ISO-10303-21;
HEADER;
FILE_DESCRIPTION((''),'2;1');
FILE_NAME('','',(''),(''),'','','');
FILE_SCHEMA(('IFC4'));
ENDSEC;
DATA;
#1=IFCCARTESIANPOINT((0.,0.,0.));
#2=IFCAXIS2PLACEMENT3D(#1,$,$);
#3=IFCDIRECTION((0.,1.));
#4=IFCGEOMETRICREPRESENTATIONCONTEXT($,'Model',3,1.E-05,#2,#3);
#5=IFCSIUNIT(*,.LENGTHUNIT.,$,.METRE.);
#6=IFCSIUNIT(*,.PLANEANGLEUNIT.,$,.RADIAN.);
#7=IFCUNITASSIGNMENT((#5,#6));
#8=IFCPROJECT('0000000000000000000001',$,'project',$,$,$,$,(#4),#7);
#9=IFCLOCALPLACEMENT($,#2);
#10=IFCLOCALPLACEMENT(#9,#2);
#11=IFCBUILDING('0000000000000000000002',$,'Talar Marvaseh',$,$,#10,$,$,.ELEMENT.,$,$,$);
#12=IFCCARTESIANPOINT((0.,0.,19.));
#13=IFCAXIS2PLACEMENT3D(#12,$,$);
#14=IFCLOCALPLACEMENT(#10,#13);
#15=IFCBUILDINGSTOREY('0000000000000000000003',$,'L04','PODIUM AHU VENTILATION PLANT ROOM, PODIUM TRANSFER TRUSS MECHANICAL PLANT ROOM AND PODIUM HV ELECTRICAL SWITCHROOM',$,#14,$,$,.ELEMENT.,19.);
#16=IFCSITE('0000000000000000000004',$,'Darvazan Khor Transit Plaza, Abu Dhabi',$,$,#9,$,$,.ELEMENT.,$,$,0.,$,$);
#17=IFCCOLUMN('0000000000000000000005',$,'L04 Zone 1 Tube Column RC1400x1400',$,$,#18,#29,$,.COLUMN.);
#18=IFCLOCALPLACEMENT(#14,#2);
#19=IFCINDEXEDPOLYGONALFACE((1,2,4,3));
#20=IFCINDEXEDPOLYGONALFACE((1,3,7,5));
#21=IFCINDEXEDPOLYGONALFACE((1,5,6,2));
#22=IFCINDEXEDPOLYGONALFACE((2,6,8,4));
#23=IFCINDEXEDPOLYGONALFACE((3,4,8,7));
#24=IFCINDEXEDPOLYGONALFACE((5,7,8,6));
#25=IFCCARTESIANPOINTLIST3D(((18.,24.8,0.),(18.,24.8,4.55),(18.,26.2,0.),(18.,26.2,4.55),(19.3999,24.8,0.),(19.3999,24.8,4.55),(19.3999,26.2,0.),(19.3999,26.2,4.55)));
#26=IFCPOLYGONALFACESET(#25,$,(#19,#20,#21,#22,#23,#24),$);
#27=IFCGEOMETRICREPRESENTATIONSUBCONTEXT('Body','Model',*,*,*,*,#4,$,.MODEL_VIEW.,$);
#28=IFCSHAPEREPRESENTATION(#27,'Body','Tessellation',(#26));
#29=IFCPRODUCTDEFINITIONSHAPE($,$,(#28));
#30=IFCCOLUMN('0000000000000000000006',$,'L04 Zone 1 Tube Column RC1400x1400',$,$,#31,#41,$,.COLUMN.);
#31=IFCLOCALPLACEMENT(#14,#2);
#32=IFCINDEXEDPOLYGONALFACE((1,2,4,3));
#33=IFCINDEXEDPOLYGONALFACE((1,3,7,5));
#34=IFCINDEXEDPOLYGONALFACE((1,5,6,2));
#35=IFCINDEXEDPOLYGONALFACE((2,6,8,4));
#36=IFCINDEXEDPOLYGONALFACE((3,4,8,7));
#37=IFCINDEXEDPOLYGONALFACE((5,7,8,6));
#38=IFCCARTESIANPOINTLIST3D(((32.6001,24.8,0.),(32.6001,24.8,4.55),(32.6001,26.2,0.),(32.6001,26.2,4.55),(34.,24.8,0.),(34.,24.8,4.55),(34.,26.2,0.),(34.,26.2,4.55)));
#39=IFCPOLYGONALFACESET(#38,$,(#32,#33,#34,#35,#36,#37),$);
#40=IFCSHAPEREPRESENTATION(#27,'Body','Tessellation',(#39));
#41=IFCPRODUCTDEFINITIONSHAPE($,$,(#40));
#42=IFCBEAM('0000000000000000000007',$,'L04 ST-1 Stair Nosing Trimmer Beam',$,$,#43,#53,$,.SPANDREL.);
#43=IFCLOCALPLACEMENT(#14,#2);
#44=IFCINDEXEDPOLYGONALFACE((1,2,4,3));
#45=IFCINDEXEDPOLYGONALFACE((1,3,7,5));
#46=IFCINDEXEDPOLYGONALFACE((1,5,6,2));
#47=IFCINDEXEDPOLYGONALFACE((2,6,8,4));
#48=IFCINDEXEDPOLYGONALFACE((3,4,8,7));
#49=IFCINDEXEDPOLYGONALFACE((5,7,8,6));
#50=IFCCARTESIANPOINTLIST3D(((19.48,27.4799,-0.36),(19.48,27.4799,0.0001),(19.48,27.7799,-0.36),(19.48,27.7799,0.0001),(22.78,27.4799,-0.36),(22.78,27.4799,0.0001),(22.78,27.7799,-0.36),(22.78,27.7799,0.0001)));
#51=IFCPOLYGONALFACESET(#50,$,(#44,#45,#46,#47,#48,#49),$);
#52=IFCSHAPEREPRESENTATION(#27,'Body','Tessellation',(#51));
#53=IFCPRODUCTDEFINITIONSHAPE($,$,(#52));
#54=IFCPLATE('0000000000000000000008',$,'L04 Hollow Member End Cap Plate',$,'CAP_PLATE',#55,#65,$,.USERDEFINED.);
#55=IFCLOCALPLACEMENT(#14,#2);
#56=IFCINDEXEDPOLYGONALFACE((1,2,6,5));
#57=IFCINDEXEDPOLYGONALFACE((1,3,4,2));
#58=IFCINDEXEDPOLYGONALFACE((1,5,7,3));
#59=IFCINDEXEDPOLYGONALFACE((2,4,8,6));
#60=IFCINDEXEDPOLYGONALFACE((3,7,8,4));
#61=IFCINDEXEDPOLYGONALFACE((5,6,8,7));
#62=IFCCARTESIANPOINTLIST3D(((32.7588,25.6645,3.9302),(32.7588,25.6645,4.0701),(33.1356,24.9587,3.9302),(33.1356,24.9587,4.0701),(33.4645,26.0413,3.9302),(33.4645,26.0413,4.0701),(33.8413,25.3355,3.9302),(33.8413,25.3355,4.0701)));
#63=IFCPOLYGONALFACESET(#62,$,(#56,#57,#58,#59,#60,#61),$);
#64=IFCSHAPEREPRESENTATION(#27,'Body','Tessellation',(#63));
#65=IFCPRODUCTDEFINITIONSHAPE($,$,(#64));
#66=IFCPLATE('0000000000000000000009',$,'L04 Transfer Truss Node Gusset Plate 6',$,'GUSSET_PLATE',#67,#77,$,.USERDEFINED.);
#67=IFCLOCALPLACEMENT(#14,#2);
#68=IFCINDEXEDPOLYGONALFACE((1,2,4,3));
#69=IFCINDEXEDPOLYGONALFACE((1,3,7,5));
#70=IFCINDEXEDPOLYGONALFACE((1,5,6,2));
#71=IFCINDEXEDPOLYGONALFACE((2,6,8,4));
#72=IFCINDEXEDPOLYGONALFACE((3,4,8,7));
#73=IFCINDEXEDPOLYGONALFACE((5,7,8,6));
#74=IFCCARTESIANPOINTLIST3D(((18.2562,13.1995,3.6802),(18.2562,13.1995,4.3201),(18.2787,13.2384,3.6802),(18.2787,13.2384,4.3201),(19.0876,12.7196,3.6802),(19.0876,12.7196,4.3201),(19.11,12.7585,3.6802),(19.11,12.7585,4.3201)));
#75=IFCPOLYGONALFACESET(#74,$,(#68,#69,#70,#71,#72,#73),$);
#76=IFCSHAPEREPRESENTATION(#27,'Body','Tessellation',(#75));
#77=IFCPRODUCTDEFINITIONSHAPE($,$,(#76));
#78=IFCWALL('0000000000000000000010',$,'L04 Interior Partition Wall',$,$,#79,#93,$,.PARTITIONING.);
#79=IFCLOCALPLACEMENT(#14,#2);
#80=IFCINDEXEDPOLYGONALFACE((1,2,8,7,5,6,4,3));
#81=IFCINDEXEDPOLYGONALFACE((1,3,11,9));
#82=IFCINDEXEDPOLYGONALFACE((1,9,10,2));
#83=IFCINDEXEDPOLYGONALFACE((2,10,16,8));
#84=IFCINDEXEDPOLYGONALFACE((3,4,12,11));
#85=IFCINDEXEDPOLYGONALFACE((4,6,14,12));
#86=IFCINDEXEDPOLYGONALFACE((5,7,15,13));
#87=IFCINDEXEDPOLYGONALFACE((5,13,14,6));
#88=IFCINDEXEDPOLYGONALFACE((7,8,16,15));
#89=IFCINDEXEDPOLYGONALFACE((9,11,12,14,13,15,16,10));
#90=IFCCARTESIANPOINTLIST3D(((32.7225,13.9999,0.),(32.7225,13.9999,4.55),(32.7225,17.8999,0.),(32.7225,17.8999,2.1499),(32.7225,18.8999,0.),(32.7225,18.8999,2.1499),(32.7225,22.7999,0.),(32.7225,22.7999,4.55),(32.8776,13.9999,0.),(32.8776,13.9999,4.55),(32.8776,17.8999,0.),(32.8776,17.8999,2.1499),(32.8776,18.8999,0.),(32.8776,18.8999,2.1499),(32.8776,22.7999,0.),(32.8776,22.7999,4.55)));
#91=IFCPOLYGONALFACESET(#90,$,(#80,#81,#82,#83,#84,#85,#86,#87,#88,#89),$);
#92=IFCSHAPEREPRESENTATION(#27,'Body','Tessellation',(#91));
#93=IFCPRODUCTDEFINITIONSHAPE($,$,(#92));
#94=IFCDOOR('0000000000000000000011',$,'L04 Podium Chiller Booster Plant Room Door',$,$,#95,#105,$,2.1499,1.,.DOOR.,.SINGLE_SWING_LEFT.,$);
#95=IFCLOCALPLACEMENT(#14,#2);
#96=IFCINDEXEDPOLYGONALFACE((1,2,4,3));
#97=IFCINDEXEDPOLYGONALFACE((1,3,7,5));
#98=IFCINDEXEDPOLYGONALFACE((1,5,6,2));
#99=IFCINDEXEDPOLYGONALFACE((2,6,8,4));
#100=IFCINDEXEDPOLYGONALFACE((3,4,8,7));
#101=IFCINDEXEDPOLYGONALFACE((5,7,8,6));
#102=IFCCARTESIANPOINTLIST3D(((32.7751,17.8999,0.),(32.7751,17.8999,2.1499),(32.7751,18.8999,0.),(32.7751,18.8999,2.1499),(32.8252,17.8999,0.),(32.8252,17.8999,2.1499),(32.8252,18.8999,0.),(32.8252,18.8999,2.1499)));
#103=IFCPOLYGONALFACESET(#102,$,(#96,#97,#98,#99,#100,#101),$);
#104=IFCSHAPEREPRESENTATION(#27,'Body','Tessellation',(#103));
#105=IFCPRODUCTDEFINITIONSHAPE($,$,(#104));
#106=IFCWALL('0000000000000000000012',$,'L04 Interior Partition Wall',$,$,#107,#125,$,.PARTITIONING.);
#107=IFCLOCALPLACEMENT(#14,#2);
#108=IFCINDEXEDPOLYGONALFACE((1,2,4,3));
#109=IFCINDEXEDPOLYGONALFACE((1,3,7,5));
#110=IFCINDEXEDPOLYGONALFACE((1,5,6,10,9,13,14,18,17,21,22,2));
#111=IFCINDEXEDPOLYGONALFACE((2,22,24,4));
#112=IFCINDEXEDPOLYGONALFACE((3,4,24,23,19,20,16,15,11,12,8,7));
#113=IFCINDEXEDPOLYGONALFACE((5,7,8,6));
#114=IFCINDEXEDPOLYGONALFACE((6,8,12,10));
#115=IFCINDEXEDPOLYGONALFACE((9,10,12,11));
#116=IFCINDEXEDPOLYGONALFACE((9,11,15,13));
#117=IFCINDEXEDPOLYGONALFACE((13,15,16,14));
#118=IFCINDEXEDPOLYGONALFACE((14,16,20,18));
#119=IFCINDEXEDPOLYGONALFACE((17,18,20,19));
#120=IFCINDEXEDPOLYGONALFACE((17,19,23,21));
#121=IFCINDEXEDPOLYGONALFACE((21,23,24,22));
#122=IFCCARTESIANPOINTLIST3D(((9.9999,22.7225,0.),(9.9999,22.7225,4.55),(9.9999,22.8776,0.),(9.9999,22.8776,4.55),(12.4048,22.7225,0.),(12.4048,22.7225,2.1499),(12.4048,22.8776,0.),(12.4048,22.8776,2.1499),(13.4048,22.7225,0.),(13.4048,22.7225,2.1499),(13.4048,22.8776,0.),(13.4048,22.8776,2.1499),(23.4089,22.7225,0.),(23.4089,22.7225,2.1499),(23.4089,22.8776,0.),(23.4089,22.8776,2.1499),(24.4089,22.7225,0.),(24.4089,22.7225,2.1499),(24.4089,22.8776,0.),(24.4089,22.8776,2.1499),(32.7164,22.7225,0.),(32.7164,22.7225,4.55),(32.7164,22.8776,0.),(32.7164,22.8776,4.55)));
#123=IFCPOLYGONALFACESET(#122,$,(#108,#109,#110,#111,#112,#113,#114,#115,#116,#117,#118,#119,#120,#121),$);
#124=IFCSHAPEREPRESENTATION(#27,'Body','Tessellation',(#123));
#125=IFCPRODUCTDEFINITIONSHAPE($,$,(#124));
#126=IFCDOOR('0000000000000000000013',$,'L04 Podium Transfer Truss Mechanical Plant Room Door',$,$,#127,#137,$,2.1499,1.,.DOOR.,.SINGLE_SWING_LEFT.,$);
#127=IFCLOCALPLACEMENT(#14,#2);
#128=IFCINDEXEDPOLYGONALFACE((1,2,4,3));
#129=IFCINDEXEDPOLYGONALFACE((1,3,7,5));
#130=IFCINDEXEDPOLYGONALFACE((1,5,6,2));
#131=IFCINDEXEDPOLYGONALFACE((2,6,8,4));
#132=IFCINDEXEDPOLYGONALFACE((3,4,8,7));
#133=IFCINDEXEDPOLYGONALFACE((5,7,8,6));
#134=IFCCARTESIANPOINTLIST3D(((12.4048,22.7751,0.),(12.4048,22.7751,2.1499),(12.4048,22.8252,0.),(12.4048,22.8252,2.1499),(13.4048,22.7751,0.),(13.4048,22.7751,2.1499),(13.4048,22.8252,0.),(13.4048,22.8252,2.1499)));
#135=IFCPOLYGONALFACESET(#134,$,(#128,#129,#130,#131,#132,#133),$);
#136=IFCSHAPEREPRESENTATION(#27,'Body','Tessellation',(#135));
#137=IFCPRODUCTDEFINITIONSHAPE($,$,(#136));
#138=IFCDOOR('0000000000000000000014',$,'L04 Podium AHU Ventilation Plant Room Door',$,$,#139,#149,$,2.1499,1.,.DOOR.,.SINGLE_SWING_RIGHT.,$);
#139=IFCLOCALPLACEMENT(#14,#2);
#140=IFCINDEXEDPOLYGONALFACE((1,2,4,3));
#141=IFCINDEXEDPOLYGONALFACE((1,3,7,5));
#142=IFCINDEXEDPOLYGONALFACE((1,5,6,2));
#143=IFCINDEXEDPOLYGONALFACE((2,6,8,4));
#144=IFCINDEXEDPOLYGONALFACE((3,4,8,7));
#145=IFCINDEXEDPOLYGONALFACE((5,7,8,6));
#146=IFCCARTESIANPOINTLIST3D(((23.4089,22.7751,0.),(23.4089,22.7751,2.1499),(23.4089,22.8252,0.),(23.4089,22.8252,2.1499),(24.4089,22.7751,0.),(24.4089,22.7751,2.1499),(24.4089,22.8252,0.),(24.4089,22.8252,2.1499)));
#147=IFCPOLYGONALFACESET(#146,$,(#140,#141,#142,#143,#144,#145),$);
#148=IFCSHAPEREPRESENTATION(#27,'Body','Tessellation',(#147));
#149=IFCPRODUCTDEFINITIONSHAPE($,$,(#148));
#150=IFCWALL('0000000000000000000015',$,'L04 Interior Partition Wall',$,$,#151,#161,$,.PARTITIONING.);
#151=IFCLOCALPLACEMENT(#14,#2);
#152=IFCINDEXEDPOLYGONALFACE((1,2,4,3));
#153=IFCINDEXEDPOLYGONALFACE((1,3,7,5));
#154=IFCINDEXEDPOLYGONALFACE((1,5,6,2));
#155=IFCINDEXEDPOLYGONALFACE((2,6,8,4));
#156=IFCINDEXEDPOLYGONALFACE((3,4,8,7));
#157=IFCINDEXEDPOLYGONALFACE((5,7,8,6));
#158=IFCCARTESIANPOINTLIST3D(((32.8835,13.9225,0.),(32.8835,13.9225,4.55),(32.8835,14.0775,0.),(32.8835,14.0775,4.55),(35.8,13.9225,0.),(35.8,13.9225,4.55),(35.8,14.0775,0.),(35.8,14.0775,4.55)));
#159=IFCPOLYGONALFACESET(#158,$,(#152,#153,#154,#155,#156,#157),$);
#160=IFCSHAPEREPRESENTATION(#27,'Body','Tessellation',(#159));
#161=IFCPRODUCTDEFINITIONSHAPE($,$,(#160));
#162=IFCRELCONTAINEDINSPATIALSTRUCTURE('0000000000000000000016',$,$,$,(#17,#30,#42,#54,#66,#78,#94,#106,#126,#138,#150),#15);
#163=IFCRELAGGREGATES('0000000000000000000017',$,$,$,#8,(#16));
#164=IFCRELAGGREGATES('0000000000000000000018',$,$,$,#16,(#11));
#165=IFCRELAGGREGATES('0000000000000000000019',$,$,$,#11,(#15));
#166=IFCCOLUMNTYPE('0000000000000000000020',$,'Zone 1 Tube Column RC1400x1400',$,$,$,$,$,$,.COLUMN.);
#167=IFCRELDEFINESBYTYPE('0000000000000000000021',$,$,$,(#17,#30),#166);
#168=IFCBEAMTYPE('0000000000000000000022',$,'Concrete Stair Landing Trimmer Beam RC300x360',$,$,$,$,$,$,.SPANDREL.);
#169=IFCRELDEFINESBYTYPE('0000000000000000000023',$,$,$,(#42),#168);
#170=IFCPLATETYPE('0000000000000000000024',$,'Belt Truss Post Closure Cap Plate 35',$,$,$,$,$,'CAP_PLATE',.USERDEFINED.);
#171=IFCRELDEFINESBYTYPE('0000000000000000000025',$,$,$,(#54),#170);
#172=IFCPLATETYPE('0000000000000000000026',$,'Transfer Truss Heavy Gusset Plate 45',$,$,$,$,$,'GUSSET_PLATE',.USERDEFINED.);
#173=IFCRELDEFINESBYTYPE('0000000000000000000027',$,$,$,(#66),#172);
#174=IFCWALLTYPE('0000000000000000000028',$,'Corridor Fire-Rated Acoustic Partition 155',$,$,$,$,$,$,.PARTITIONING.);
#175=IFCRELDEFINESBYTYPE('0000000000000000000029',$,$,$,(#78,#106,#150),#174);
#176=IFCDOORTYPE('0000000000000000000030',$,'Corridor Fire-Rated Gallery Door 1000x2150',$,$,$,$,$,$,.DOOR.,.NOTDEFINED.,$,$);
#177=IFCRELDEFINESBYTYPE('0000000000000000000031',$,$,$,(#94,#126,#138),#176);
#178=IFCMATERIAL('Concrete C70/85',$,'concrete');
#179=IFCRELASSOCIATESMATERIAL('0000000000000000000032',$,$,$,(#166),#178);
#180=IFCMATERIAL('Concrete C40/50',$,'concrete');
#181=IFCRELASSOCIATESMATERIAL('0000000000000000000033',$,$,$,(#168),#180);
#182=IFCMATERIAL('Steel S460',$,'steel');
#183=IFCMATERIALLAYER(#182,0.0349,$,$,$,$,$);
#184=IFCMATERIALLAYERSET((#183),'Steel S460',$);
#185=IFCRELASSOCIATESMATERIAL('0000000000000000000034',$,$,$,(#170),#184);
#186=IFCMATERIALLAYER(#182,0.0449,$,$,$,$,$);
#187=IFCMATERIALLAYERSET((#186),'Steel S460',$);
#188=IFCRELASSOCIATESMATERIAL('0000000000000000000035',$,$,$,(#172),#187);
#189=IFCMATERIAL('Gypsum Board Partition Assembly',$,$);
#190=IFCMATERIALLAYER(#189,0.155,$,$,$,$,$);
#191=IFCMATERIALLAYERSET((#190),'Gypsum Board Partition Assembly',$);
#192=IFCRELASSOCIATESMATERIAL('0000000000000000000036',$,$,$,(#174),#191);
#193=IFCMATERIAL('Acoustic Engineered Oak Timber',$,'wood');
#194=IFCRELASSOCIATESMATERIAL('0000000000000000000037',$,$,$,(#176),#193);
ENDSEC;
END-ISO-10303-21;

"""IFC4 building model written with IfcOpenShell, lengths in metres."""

from ifc_helpers import new_model, si_unit, direction, frame, frame_2d, origin, origin_2d, place, context, subcontext, project, spatial, rectangle, extrude, source, transform, mapped, material, layer, layer_set, material_profile, profile_set, type_object, type_shapes, element, fill, save


model = new_model("IFC4")

# Units and contexts
model_context = context("Model", 3, precision=1e-05, world=origin(), true_north=direction((0.0, 1.0)))
body_context = subcontext(model_context, "Body", "Model", "MODEL_VIEW")
ifc_project = project(units=[si_unit("LENGTHUNIT", "METRE"), si_unit("PLANEANGLEUNIT", "RADIAN")], contexts=[model_context])

# Site, building, storey
site_placement = place(None, origin())
site = spatial("IfcSite", under=ifc_project, at=site_placement, Name="Darvazan Khor Transit Plaza, Abu Dhabi", CompositionType="ELEMENT", RefElevation=0.0)
building_placement = place(site_placement, origin())
building = spatial("IfcBuilding", under=site, at=building_placement, Name="Talar Marvaseh", CompositionType="ELEMENT")
storey_placement = place(building_placement, frame((0.0, 0.0, 19.0)))
storey = spatial("IfcBuildingStorey", under=building, at=storey_placement, Name="L04", Description="PODIUM AHU VENTILATION PLANT ROOM, PODIUM TRANSFER TRUSS MECHANICAL PLANT ROOM AND PODIUM HV ELECTRICAL SWITCHROOM", CompositionType="ELEMENT", Elevation=19.0)

# Columns
ifc_material_1 = material(Name="Concrete C70/85", Category="concrete")
ifc_material_profile_1 = material_profile(ifc_material_1, rectangle(XDim=1.3999, YDim=1.3999, at=origin_2d()), Name="RC1400x1400")
ifc_profile_set_1 = profile_set([ifc_material_profile_1], Name="Concrete C70/85")
column_type = type_object("IfcColumnType", Name="Zone 1 Tube Column RC1400x1400", PredefinedType="COLUMN", material=ifc_profile_set_1)
for number, where, z_axis, x_axis, name in (
    (1, (18.7, 25.5, 0.0), (0.0, 0.0, 1.0), (1.0, 0.0, 0.0), "L04 Zone 1 Tube Column RC1400x1400"),
    (2, (33.3, 25.5, 0.0), (0.0, 0.0, 1.0), (1.0, 0.0, 0.0), "L04 Zone 1 Tube Column RC1400x1400"),
):
    element("IfcColumn", number, at=place(storey_placement, frame(where, z_axis=z_axis, x_axis=x_axis)), inside=storey, type_object=column_type, Name=name, PredefinedType="COLUMN", context=body_context, shape_type="SweptSolid", body=[
        extrude(rectangle(XDim=1.3999, YDim=1.3999, at=origin_2d()), origin(), (0.0, 0.0, 1.0), 4.55),
    ])

# Beam
ifc_material_2 = material(Name="Concrete C40/50", Category="concrete")
ifc_material_profile_2 = material_profile(ifc_material_2, rectangle(XDim=0.3, YDim=0.3601, at=origin_2d()), Name="RC300x360")
ifc_profile_set_2 = profile_set([ifc_material_profile_2], Name="Concrete C40/50")
beam_type = type_object("IfcBeamType", Name="Concrete Stair Landing Trimmer Beam RC300x360", PredefinedType="SPANDREL", material=ifc_profile_set_2)
beam_placement = place(storey_placement, frame((22.78, 27.6299, -0.1799), z_axis=(-1.0, 0.0, 0.0), x_axis=(0.0, -1.0, 0.0)))
element("IfcBeam", 3, at=beam_placement, inside=storey, type_object=beam_type, Name="L04 ST-1 Stair Nosing Trimmer Beam", PredefinedType="SPANDREL", context=body_context, shape_type="SweptSolid", body=[
    extrude(rectangle(XDim=0.3, YDim=0.3601, at=origin_2d()), origin(), (0.0, 0.0, 1.0), 3.3),
])

# Plates
ifc_material_3 = material(Name="Steel S460", Category="steel")
ifc_layer_1 = layer(ifc_material_3, 0.0349)
ifc_layer_set_1 = layer_set([ifc_layer_1], Name="Steel S460")
plate_type_1 = type_object("IfcPlateType", Name="Belt Truss Post Closure Cap Plate 35", ElementType="CAP_PLATE", PredefinedType="USERDEFINED", material=ifc_layer_set_1)
shared_shape_1 = source(origin(), body_context, "Body", "SweptSolid", [
    extrude(rectangle(XDim=0.8, YDim=0.8, at=origin_2d()), origin(), (0.0, 0.0, 1.0), 0.1399),
])
type_shapes(plate_type_1, [shared_shape_1])
plate_1_placement = place(storey_placement, frame((33.3, 25.5, 3.9302), z_axis=(0.0, 0.0, 1.0), x_axis=(-0.471012, 0.882127, 0.0)))
element("IfcPlate", 4, at=plate_1_placement, inside=storey, type_object=plate_type_1, Name="L04 Hollow Member End Cap Plate", ObjectType="CAP_PLATE", PredefinedType="USERDEFINED", context=body_context, shape_type="MappedRepresentation", body=[
    mapped(shared_shape_1, transform((0.0, 0.0, 0.0), x_axis=(1.0, 0.0, 0.0), y_axis=(0.0, 1.0, 0.0), z_axis=(0.0, 0.0, 1.0), scale=1.0)),
])
ifc_layer_2 = layer(ifc_material_3, 0.0449)
ifc_layer_set_2 = layer_set([ifc_layer_2], Name="Steel S460")
plate_type_2 = type_object("IfcPlateType", Name="Transfer Truss Heavy Gusset Plate 45", ElementType="GUSSET_PLATE", PredefinedType="USERDEFINED", material=ifc_layer_set_2)
shared_shape_2 = source(origin(), body_context, "Body", "SweptSolid", [
    extrude(rectangle(XDim=0.96, YDim=0.0449, at=origin_2d()), origin(), (0.0, 0.0, 1.0), 0.6399),
])
type_shapes(plate_type_2, [shared_shape_2])
plate_2_placement = place(storey_placement, frame((18.6831, 12.979, 3.6802), z_axis=(0.0, 0.0, 1.0), x_axis=(-0.866025, 0.5, 0.0)))
element("IfcPlate", 5, at=plate_2_placement, inside=storey, type_object=plate_type_2, Name="L04 Transfer Truss Node Gusset Plate 6", ObjectType="GUSSET_PLATE", PredefinedType="USERDEFINED", context=body_context, shape_type="MappedRepresentation", body=[
    mapped(shared_shape_2, transform((0.0, 0.0, 0.0), x_axis=(1.0, 0.0, 0.0), y_axis=(0.0, 1.0, 0.0), z_axis=(0.0, 0.0, 1.0), scale=1.0)),
])

# Wall, opening, door
ifc_material_4 = material(Name="Gypsum Board Partition Assembly")
ifc_layer_3 = layer(ifc_material_4, 0.155)
ifc_layer_set_3 = layer_set([ifc_layer_3], Name="Gypsum Board Partition Assembly")
wall_type_1 = type_object("IfcWallType", Name="Corridor Fire-Rated Acoustic Partition 155", PredefinedType="PARTITIONING", material=ifc_layer_set_3)
wall_1_placement = place(storey_placement, frame((32.8, 14.0, 0.0), z_axis=(0.0, 0.0, 1.0), x_axis=(0.0, 1.0, 0.0)))
wall_1 = element("IfcWall", 6, at=wall_1_placement, inside=storey, type_object=wall_type_1, Name="L04 Interior Partition Wall", PredefinedType="PARTITIONING", context=body_context, shape_type="SweptSolid", body=[
    extrude(rectangle(XDim=8.8, YDim=0.155, at=frame_2d((4.3999, 0.0))), origin(), (0.0, 0.0, 1.0), 4.55),
])
opening_1_placement = place(wall_1_placement, frame((3.8999, 0.0, 0.0)))
opening_1 = element("IfcOpeningElement", 7, at=opening_1_placement, cuts=wall_1, PredefinedType="OPENING", context=body_context, shape_type="SweptSolid", body=[
    extrude(rectangle(XDim=1.0, YDim=2.1499, at=frame_2d((0.5, 1.075))), frame((0.0, 0.0874, 0.0), z_axis=(0.0, -1.0, 0.0), x_axis=(1.0, 0.0, 0.0)), (0.0, 0.0, 1.0), 0.175),
])
ifc_material_5 = material(Name="Acoustic Engineered Oak Timber", Category="wood")
door_type_1 = type_object("IfcDoorType", Name="Corridor Fire-Rated Gallery Door 1000x2150", OperationType="NOTDEFINED", PredefinedType="DOOR", material=ifc_material_5)
shared_shape_3 = source(origin(), body_context, "Body", "SweptSolid", [
    extrude(rectangle(XDim=1.0, YDim=2.1499, at=frame_2d((0.5, 1.075))), frame((0.0, 0.0249, 0.0), z_axis=(0.0, -1.0, 0.0), x_axis=(1.0, 0.0, 0.0)), (0.0, 0.0, 1.0), 0.05),
])
type_shapes(door_type_1, [shared_shape_3])
door_1_placement = place(opening_1_placement, origin())
door_1 = element("IfcDoor", 8, at=door_1_placement, inside=storey, type_object=door_type_1, Name="L04 Podium Chiller Booster Plant Room Door", OperationType="SINGLE_SWING_LEFT", OverallHeight=2.1499, OverallWidth=1.0, PredefinedType="DOOR", context=body_context, shape_type="MappedRepresentation", body=[
    mapped(shared_shape_3, transform((0.0, 0.0, 0.0), x_axis=(1.0, 0.0, 0.0), y_axis=(0.0, 1.0, 0.0), z_axis=(0.0, 0.0, 1.0), scale=1.0)),
])
fill(opening_1, door_1)

# Wall, openings, doors
wall_2_placement = place(storey_placement, frame((32.7166, 22.8, 0.0), z_axis=(0.0, 0.0, 1.0), x_axis=(-1.0, 0.0, 0.0)))
wall_2 = element("IfcWall", 9, at=wall_2_placement, inside=storey, type_object=wall_type_1, Name="L04 Interior Partition Wall", PredefinedType="PARTITIONING", context=body_context, shape_type="SweptSolid", body=[
    extrude(rectangle(XDim=22.7166, YDim=0.155, at=frame_2d((11.3584, 0.0))), origin(), (0.0, 0.0, 1.0), 4.55),
])
opening_2_placement = place(wall_2_placement, frame((19.3118, 0.0, 0.0)))
opening_2 = element("IfcOpeningElement", 10, at=opening_2_placement, cuts=wall_2, PredefinedType="OPENING", context=body_context, shape_type="SweptSolid", body=[
    extrude(rectangle(XDim=1.0, YDim=2.1499, at=frame_2d((0.5, 1.075))), frame((0.0, 0.0874, 0.0), z_axis=(0.0, -1.0, 0.0), x_axis=(1.0, 0.0, 0.0)), (0.0, 0.0, 1.0), 0.175),
])
opening_3_placement = place(wall_2_placement, frame((8.3076, 0.0, 0.0)))
opening_3 = element("IfcOpeningElement", 11, at=opening_3_placement, cuts=wall_2, PredefinedType="OPENING", context=body_context, shape_type="SweptSolid", body=[
    extrude(rectangle(XDim=1.0, YDim=2.1499, at=frame_2d((0.5, 1.075))), frame((0.0, 0.0874, 0.0), z_axis=(0.0, -1.0, 0.0), x_axis=(1.0, 0.0, 0.0)), (0.0, 0.0, 1.0), 0.175),
])
door_2_placement = place(opening_2_placement, origin())
door_2 = element("IfcDoor", 12, at=door_2_placement, inside=storey, type_object=door_type_1, Name="L04 Podium Transfer Truss Mechanical Plant Room Door", OperationType="SINGLE_SWING_LEFT", OverallHeight=2.1499, OverallWidth=1.0, PredefinedType="DOOR", context=body_context, shape_type="MappedRepresentation", body=[
    mapped(shared_shape_3, transform((0.0, 0.0, 0.0), x_axis=(1.0, 0.0, 0.0), y_axis=(0.0, 1.0, 0.0), z_axis=(0.0, 0.0, 1.0), scale=1.0)),
])
fill(opening_2, door_2)
door_3_placement = place(opening_3_placement, origin())
door_3 = element("IfcDoor", 13, at=door_3_placement, inside=storey, type_object=door_type_1, Name="L04 Podium AHU Ventilation Plant Room Door", OperationType="SINGLE_SWING_RIGHT", OverallHeight=2.1499, OverallWidth=1.0, PredefinedType="DOOR", context=body_context, shape_type="MappedRepresentation", body=[
    mapped(shared_shape_3, transform((0.0, 0.0, 0.0), x_axis=(1.0, 0.0, 0.0), y_axis=(0.0, 1.0, 0.0), z_axis=(0.0, 0.0, 1.0), scale=1.0)),
])
fill(opening_3, door_3)

# Wall
wall_3_placement = place(storey_placement, frame((35.8, 14.0, 0.0), z_axis=(0.0, 0.0, 1.0), x_axis=(-1.0, 0.0, 0.0)))
element("IfcWall", 14, at=wall_3_placement, inside=storey, type_object=wall_type_1, Name="L04 Interior Partition Wall", PredefinedType="PARTITIONING", context=body_context, shape_type="SweptSolid", body=[
    extrude(rectangle(XDim=2.9165, YDim=0.155, at=frame_2d((1.4583, 0.0))), origin(), (0.0, 0.0, 1.0), 4.55),
])

save(model, "model.ifc")
